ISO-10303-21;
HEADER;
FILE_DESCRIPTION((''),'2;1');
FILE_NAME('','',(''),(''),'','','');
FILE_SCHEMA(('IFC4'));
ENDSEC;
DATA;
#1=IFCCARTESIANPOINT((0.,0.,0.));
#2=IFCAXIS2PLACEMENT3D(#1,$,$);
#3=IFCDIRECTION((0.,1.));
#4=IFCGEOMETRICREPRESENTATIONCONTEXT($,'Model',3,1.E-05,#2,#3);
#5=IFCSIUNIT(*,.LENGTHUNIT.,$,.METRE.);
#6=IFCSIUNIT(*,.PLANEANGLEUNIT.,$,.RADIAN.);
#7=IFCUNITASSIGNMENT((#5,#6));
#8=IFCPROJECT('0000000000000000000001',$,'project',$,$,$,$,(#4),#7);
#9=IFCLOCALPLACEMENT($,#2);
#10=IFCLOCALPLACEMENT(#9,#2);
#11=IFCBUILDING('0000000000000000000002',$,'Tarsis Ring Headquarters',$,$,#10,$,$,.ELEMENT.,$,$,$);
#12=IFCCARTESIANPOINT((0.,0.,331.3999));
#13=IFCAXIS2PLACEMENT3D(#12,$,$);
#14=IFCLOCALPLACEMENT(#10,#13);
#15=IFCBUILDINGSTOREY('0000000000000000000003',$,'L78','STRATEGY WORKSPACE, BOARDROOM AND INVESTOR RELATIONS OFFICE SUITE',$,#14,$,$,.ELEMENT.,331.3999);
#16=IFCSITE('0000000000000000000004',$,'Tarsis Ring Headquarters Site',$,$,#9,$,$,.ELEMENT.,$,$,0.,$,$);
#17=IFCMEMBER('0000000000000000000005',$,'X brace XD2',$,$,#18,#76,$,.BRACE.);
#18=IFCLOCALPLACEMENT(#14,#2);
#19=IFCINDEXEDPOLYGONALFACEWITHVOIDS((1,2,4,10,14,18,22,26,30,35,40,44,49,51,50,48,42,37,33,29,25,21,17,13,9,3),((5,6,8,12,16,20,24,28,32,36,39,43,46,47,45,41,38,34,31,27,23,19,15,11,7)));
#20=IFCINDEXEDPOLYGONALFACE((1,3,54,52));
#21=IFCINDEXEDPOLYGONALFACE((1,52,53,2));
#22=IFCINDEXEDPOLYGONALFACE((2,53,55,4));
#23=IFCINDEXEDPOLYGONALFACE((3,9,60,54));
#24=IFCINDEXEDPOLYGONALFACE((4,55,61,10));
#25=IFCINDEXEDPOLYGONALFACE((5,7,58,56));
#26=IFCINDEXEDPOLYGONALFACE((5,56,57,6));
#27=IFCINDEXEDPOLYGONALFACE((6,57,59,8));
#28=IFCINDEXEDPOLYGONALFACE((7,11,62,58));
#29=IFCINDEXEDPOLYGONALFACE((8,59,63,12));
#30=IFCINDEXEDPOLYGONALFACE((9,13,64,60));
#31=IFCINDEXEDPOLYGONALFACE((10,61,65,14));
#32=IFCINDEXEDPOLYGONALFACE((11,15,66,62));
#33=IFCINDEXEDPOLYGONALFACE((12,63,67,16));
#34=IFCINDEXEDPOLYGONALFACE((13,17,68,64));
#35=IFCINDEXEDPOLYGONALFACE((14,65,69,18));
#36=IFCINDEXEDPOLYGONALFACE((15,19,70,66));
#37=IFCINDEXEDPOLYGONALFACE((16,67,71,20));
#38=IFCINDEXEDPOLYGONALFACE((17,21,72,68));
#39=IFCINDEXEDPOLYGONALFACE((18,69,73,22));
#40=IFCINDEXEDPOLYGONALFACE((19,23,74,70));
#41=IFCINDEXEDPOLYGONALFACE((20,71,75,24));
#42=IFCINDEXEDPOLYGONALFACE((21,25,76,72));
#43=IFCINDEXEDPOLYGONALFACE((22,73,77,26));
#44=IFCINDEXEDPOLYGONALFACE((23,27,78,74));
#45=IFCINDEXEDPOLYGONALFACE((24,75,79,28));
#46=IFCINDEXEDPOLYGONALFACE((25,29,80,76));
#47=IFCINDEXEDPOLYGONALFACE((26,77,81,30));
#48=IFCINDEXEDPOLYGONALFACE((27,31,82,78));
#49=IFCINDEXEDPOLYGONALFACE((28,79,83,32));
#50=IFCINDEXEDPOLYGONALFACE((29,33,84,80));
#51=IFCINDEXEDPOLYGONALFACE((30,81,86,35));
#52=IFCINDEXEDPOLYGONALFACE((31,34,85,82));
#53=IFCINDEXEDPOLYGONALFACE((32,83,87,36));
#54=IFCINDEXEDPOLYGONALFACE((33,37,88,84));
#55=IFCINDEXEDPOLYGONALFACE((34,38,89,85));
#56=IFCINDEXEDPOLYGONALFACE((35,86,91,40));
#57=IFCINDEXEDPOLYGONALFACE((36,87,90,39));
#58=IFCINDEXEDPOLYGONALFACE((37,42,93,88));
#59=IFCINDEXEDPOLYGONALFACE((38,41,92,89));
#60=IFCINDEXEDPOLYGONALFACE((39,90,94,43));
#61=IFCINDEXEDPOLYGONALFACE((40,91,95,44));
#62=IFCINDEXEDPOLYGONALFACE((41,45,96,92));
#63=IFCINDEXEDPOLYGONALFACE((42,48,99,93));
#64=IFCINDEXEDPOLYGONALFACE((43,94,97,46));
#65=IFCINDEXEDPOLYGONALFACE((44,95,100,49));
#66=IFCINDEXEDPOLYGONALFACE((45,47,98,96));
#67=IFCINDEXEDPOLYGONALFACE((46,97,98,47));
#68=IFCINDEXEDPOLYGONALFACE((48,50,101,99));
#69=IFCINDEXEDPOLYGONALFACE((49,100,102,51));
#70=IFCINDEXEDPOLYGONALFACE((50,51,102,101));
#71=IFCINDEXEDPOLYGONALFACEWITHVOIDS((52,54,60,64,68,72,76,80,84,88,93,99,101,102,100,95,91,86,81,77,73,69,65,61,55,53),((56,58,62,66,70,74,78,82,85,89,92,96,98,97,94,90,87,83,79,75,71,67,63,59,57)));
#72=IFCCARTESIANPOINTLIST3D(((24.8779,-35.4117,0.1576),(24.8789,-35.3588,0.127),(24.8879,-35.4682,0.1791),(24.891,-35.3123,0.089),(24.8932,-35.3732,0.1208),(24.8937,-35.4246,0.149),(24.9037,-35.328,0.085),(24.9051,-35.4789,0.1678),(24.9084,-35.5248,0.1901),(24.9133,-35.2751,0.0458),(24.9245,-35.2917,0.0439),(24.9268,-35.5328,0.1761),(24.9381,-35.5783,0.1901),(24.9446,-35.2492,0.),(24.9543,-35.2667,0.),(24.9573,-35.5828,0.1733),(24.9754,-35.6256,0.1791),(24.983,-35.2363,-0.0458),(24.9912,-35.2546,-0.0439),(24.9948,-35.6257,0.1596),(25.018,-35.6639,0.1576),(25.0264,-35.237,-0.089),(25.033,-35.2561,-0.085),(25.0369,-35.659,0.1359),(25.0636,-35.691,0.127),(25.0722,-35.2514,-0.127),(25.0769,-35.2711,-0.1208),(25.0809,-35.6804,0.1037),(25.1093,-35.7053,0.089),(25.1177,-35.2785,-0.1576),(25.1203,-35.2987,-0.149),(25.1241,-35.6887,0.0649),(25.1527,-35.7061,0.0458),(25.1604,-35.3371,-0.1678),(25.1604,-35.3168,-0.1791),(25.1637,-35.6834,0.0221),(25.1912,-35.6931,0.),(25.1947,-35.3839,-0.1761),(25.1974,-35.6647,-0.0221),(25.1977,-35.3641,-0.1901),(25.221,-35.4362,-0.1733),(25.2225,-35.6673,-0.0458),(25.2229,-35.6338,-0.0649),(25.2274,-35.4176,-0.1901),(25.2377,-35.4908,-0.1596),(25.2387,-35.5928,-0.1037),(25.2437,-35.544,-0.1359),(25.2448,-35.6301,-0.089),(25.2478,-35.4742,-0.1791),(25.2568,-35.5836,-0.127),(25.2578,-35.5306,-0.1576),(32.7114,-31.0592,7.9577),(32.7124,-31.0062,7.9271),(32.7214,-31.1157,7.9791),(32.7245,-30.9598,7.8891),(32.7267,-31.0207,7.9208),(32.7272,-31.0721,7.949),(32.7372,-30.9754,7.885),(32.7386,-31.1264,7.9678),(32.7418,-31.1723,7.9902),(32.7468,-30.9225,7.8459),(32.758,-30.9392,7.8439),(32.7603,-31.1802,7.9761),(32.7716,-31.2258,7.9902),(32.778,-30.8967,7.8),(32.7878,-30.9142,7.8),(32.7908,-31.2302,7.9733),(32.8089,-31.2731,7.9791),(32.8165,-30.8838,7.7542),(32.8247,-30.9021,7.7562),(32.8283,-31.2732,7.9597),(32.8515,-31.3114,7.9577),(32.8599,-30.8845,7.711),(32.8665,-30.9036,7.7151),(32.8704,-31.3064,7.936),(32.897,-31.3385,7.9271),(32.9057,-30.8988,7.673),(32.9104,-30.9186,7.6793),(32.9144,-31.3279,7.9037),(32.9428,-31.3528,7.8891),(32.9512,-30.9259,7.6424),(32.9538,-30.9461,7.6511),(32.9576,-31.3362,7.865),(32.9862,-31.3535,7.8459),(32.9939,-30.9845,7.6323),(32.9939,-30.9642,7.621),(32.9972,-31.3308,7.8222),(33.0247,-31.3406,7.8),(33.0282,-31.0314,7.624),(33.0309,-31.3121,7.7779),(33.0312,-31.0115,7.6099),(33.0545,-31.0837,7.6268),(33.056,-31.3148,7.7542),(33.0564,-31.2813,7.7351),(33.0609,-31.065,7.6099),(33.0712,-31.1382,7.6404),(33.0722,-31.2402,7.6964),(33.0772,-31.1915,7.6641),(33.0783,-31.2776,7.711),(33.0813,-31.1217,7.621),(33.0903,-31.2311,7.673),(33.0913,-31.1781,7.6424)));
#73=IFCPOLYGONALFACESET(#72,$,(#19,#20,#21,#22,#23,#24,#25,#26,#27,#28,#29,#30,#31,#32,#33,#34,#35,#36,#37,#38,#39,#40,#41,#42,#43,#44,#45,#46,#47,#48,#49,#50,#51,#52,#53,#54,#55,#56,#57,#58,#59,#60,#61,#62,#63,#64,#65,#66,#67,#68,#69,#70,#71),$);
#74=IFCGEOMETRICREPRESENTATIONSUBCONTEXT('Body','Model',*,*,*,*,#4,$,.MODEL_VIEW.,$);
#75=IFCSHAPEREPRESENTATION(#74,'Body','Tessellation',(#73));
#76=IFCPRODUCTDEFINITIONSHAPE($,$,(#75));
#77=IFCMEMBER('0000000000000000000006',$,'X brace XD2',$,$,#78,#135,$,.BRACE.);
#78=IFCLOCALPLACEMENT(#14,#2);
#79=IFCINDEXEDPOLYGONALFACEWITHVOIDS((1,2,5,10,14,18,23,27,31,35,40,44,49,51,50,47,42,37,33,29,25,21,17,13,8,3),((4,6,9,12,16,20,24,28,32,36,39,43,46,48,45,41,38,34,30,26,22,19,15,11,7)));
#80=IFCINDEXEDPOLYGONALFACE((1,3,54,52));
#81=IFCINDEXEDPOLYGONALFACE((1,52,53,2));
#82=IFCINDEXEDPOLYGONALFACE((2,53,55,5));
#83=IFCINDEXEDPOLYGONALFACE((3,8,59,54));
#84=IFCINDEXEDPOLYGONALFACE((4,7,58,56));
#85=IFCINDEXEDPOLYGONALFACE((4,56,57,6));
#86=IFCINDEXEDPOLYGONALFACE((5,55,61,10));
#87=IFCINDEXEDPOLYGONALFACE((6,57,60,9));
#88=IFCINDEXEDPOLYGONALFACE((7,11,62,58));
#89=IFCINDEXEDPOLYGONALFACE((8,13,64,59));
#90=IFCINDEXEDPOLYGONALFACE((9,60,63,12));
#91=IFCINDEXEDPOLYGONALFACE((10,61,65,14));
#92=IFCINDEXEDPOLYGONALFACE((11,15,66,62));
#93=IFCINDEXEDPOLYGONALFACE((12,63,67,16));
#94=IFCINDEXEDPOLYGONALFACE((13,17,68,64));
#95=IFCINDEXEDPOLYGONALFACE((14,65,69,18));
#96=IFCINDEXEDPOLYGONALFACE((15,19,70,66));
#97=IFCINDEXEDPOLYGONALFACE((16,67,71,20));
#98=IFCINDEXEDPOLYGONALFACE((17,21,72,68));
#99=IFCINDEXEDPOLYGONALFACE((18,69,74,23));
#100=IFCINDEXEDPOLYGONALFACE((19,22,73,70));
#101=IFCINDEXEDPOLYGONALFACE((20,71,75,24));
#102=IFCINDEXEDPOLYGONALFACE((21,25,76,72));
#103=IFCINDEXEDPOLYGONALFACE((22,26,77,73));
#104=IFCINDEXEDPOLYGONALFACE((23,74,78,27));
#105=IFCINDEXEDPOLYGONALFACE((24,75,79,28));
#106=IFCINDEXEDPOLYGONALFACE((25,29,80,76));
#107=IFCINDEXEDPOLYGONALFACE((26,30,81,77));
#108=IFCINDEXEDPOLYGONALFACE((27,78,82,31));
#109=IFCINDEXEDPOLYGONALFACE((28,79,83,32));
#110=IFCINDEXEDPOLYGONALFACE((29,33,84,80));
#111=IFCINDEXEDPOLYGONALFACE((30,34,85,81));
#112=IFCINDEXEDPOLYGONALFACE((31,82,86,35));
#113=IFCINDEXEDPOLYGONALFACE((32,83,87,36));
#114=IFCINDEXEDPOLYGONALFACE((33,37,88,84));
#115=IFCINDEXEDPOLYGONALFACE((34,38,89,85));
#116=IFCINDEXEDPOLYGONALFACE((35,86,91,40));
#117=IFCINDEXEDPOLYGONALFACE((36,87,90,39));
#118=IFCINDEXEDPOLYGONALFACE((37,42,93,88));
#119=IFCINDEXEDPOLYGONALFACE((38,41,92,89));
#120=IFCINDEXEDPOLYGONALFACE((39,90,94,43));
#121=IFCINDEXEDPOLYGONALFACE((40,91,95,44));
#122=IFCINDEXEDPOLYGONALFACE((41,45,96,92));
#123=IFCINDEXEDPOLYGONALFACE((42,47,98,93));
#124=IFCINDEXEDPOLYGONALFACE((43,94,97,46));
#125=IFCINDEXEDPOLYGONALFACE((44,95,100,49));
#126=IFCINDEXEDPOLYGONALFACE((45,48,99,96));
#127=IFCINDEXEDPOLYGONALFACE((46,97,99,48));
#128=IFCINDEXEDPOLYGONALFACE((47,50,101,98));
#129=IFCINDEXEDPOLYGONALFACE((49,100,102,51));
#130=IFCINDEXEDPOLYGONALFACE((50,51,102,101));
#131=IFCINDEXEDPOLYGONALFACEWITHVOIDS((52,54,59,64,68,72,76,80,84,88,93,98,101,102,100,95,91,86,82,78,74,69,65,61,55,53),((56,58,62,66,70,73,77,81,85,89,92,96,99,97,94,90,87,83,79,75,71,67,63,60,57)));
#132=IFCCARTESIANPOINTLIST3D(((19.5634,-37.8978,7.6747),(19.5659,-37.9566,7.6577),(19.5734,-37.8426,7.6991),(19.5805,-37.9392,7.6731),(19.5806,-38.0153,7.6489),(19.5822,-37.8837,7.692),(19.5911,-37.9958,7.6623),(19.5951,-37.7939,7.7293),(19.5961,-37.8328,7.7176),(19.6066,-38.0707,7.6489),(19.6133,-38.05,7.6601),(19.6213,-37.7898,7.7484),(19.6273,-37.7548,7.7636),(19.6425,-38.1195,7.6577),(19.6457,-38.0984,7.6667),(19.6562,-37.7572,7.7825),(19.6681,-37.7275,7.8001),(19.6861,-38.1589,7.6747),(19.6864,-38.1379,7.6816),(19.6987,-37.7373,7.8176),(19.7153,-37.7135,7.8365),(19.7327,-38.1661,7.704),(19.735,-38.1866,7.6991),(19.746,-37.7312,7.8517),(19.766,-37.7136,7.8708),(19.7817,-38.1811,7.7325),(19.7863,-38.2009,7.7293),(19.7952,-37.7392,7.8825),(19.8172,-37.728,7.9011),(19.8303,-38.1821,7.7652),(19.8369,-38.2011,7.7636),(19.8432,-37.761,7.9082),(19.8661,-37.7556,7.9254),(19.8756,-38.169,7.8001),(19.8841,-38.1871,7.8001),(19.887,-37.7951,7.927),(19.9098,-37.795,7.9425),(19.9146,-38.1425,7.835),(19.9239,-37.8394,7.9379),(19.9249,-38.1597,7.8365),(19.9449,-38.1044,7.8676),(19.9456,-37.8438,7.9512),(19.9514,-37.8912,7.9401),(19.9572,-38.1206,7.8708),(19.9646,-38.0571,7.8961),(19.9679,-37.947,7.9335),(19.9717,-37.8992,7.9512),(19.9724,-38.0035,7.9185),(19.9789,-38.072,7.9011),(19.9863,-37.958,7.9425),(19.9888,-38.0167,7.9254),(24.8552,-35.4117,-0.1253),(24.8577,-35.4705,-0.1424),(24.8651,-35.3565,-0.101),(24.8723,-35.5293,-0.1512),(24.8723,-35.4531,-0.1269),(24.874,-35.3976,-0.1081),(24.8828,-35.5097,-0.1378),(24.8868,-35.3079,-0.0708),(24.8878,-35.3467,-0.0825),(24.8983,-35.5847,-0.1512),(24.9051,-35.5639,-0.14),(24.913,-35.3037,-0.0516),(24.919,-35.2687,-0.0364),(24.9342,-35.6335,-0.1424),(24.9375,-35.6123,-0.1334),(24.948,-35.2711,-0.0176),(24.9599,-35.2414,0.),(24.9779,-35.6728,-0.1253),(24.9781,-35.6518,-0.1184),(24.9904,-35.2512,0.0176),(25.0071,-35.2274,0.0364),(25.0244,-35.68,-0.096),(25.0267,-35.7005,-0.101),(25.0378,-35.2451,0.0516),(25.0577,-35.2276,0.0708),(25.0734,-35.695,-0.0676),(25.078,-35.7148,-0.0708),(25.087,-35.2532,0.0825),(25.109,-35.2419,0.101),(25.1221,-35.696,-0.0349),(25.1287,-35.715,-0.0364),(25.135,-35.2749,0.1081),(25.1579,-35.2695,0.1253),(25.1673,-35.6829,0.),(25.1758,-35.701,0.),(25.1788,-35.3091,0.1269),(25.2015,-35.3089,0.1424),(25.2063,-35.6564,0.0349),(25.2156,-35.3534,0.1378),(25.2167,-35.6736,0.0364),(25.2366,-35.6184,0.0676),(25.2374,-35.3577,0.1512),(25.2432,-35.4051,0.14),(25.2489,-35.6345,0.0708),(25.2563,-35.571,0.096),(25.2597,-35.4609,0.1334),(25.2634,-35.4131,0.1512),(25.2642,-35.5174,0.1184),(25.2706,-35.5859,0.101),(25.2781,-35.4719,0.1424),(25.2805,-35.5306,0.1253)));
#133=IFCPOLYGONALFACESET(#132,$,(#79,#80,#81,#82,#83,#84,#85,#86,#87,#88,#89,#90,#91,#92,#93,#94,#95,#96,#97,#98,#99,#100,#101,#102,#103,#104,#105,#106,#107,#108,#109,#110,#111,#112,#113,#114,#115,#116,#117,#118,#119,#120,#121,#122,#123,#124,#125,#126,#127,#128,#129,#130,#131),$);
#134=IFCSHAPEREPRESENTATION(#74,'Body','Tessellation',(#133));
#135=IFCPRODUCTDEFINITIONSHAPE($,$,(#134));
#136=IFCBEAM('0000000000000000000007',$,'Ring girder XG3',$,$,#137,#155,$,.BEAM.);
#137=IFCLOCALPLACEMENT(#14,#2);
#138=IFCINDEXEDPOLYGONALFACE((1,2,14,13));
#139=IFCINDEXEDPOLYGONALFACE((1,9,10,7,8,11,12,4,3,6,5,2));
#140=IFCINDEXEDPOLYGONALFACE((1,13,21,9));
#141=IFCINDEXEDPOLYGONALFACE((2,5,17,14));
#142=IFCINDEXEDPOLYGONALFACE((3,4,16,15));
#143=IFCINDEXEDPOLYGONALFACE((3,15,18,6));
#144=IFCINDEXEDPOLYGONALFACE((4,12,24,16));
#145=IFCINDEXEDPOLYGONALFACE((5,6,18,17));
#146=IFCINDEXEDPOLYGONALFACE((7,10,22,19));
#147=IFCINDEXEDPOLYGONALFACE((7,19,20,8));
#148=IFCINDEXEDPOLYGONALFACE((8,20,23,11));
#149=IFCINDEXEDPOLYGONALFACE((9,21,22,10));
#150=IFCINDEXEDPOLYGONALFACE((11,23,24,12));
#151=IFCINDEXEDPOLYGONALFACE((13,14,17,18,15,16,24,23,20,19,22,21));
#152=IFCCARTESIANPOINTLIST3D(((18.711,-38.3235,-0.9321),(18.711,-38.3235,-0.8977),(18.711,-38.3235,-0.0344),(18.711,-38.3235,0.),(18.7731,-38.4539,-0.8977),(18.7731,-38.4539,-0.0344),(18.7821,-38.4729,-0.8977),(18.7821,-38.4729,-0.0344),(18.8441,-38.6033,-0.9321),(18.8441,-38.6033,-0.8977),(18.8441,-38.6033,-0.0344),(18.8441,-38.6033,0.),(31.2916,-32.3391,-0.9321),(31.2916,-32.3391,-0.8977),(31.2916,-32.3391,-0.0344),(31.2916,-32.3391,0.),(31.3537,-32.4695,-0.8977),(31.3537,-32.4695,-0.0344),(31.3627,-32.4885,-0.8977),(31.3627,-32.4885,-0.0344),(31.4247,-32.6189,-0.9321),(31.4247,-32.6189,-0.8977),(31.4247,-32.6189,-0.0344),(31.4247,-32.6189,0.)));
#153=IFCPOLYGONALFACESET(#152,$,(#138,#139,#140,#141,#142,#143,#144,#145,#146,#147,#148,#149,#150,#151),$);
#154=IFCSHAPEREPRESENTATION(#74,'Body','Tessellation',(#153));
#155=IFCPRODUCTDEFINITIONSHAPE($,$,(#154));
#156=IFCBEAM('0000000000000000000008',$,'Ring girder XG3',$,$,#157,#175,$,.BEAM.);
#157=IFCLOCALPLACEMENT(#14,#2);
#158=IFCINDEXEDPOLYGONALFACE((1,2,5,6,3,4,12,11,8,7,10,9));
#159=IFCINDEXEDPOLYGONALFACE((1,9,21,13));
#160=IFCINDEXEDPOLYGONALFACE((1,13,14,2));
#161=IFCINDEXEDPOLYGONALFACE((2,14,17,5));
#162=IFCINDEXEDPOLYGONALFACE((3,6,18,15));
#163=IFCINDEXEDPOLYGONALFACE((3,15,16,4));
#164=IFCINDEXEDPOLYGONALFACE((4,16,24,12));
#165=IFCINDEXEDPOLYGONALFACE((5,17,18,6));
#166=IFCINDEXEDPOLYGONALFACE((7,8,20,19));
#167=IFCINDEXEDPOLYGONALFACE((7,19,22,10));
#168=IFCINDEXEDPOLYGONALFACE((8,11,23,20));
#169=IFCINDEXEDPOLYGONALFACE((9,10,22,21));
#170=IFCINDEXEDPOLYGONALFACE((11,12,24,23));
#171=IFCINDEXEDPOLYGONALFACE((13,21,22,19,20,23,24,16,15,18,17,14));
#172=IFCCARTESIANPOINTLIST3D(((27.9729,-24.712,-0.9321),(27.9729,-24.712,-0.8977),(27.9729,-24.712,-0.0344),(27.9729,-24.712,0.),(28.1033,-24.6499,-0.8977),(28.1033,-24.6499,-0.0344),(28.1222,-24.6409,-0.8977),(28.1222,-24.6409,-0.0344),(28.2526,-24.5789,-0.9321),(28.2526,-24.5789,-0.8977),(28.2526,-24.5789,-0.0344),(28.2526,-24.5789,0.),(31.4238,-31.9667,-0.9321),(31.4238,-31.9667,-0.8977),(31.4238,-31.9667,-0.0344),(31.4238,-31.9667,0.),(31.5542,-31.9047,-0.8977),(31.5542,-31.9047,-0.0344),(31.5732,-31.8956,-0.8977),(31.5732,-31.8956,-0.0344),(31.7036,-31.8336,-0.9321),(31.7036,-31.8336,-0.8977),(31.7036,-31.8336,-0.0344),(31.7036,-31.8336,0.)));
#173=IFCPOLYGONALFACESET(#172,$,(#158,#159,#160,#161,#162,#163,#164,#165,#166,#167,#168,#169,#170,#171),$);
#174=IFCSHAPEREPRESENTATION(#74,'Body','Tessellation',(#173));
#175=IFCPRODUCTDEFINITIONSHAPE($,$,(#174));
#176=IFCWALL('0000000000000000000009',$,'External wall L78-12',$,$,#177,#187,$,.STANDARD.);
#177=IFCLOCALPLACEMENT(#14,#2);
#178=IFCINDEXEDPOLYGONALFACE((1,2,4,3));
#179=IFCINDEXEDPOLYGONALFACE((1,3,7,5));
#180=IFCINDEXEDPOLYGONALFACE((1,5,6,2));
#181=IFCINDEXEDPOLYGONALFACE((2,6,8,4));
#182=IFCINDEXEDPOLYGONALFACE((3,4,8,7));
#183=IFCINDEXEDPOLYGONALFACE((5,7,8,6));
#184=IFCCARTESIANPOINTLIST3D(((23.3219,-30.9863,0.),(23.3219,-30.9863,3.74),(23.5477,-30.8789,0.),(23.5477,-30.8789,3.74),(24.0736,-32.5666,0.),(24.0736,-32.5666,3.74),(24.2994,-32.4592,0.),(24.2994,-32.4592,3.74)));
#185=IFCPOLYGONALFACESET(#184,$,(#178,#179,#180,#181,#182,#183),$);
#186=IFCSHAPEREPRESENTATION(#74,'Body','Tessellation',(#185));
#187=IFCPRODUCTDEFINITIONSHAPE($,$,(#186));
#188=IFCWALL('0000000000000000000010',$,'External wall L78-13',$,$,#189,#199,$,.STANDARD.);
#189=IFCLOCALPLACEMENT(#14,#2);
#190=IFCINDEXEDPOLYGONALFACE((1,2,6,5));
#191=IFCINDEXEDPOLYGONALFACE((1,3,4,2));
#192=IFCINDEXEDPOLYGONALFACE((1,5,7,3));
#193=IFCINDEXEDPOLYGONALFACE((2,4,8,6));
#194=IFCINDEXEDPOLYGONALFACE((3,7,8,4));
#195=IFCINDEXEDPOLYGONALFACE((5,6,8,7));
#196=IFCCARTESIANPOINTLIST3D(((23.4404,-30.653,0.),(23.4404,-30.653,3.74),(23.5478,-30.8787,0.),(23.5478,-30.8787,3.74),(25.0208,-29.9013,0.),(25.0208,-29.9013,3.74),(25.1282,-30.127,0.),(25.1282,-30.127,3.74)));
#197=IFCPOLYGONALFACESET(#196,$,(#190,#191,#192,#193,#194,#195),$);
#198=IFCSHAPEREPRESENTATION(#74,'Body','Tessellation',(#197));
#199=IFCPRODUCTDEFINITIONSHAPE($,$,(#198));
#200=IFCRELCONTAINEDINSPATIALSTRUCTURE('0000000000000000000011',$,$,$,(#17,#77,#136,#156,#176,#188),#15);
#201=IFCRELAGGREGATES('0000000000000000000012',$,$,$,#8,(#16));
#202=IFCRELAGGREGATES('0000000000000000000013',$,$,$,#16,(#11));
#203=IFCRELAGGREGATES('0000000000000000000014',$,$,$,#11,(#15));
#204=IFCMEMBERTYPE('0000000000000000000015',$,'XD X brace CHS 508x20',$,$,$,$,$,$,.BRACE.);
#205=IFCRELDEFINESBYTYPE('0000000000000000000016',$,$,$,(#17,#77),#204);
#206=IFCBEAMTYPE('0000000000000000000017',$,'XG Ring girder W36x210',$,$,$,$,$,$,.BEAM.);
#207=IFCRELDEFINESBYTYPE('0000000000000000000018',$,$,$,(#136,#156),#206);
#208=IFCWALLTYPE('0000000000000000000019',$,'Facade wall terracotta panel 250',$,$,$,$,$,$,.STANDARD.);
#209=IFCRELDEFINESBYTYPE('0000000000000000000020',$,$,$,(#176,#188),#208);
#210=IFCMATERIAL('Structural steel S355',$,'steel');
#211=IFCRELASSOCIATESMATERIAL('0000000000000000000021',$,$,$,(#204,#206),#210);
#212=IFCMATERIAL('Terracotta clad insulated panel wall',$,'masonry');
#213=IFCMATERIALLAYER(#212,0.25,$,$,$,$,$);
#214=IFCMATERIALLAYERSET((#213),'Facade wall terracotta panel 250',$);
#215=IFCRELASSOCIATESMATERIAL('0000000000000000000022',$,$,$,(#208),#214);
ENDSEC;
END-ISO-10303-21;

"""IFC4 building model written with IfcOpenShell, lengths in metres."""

from ifc_helpers import new_model, si_unit, direction, frame, frame_2d, origin, origin_2d, place, context, subcontext, project, spatial, rectangle, hollow_circle, i_section, extrude, material, layer, layer_set, material_profile, profile_set, type_object, element, save


model = new_model("IFC4")

# Units and contexts
model_context = context("Model", 3, precision=1e-05, world=origin(), true_north=direction((0.0, 1.0)))
body_context = subcontext(model_context, "Body", "Model", "MODEL_VIEW")
ifc_project = project(units=[si_unit("LENGTHUNIT", "METRE"), si_unit("PLANEANGLEUNIT", "RADIAN")], contexts=[model_context])

# Site, building, storey
site_placement = place(None, origin())
site = spatial("IfcSite", under=ifc_project, at=site_placement, Name="Tarsis Ring Headquarters Site", CompositionType="ELEMENT", RefElevation=0.0)
building_placement = place(site_placement, origin())
building = spatial("IfcBuilding", under=site, at=building_placement, Name="Tarsis Ring Headquarters", CompositionType="ELEMENT")
storey_placement = place(building_placement, frame((0.0, 0.0, 331.3999)))
storey = spatial("IfcBuildingStorey", under=building, at=storey_placement, Name="L78", Description="STRATEGY WORKSPACE, BOARDROOM AND INVESTOR RELATIONS OFFICE SUITE", CompositionType="ELEMENT", Elevation=331.3999)

# Shared definitions
ifc_material_1 = material(Name="Structural steel S355", Category="steel")

# Members
ifc_material_profile_1 = material_profile(ifc_material_1, hollow_circle(Radius=0.2539, WallThickness=0.02, at=origin_2d()), Name="CHS 508x20")
ifc_profile_set_1 = profile_set([ifc_material_profile_1], Name="Structural steel S355")
member_type = type_object("IfcMemberType", Name="XD X brace CHS 508x20", PredefinedType="BRACE", material=ifc_profile_set_1)
member_1_placement = place(storey_placement, frame((25.0679, -35.4712, 0.0), z_axis=(0.659351, 0.366356, 0.656536), x_axis=(-0.485694, 0.874129, 0.0)))
element("IfcMember", 1, at=member_1_placement, inside=storey, type_object=member_type, Name="X brace XD2", PredefinedType="BRACE", context=body_context, shape_type="SweptSolid", body=[
    extrude(hollow_circle(Radius=0.2539, WallThickness=0.02, at=origin_2d()), origin(), (0.0, 0.0, 1.0), 11.8806),
])
member_2_placement = place(storey_placement, frame((25.0679, -35.4712, 0.0), z_axis=(-0.542853, -0.255035, 0.800167), x_axis=(0.425216, -0.905092, 0.0)))
element("IfcMember", 2, at=member_2_placement, inside=storey, type_object=member_type, Name="X brace XD2", PredefinedType="BRACE", context=body_context, shape_type="SweptSolid", body=[
    extrude(hollow_circle(Radius=0.2539, WallThickness=0.02, at=origin_2d()), origin(), (0.0, 0.0, 1.0), 9.748),
])

# Beams
ifc_material_profile_2 = material_profile(ifc_material_1, i_section(OverallWidth=0.3098, OverallDepth=0.9321, WebThickness=0.021, FlangeThickness=0.0344, at=origin_2d()), Name="W36x210")
ifc_profile_set_2 = profile_set([ifc_material_profile_2], Name="Structural steel S355")
beam_type = type_object("IfcBeamType", Name="XG Ring girder W36x210", PredefinedType="BEAM", material=ifc_profile_set_2)
beam_1_placement = place(storey_placement, frame((18.7776, -38.4634, -0.4661), z_axis=(0.903038, 0.429561, 0.0), x_axis=(-0.429561, 0.903038, 0.0)))
element("IfcBeam", 3, at=beam_1_placement, inside=storey, type_object=beam_type, Name="Ring girder XG3", PredefinedType="BEAM", context=body_context, shape_type="SweptSolid", body=[
    extrude(i_section(OverallWidth=0.3098, OverallDepth=0.9321, WebThickness=0.021, FlangeThickness=0.0344, at=origin_2d()), origin(), (0.0, 0.0, 1.0), 13.9314),
])
beam_2_placement = place(storey_placement, frame((31.5637, -31.9001, -0.4661), z_axis=(-0.429562, 0.903037, 0.0), x_axis=(-0.903037, -0.429562, 0.0)))
element("IfcBeam", 4, at=beam_2_placement, inside=storey, type_object=beam_type, Name="Ring girder XG3", PredefinedType="BEAM", context=body_context, shape_type="SweptSolid", body=[
    extrude(i_section(OverallWidth=0.3098, OverallDepth=0.9321, WebThickness=0.021, FlangeThickness=0.0344, at=origin_2d()), origin(), (0.0, 0.0, 1.0), 8.0337),
])

# Walls
ifc_material_2 = material(Name="Terracotta clad insulated panel wall", Category="masonry")
ifc_layer = layer(ifc_material_2, 0.25)
ifc_layer_set = layer_set([ifc_layer], Name="Facade wall terracotta panel 250")
wall_type = type_object("IfcWallType", Name="Facade wall terracotta panel 250", PredefinedType="STANDARD", material=ifc_layer_set)
for number, where, z_axis, x_axis, name in (
    (5, (24.1865, -32.5129, 0.0), (0.0, 0.0, 1.0), (-0.429549, 0.903044, 0.0), "External wall L78-12"),
    (6, (23.4941, -30.7659, 0.0), (0.0, 0.0, 1.0), (0.903044, 0.429549, 0.0), "External wall L78-13"),
):
    element("IfcWall", number, at=place(storey_placement, frame(where, z_axis=z_axis, x_axis=x_axis)), inside=storey, type_object=wall_type, Name=name, PredefinedType="STANDARD", context=body_context, shape_type="SweptSolid", body=[
        extrude(rectangle(XDim=1.75, YDim=0.25, at=frame_2d((0.875, 0.0))), origin(), (0.0, 0.0, 1.0), 3.74),
    ])

save(model, "model.ifc")
